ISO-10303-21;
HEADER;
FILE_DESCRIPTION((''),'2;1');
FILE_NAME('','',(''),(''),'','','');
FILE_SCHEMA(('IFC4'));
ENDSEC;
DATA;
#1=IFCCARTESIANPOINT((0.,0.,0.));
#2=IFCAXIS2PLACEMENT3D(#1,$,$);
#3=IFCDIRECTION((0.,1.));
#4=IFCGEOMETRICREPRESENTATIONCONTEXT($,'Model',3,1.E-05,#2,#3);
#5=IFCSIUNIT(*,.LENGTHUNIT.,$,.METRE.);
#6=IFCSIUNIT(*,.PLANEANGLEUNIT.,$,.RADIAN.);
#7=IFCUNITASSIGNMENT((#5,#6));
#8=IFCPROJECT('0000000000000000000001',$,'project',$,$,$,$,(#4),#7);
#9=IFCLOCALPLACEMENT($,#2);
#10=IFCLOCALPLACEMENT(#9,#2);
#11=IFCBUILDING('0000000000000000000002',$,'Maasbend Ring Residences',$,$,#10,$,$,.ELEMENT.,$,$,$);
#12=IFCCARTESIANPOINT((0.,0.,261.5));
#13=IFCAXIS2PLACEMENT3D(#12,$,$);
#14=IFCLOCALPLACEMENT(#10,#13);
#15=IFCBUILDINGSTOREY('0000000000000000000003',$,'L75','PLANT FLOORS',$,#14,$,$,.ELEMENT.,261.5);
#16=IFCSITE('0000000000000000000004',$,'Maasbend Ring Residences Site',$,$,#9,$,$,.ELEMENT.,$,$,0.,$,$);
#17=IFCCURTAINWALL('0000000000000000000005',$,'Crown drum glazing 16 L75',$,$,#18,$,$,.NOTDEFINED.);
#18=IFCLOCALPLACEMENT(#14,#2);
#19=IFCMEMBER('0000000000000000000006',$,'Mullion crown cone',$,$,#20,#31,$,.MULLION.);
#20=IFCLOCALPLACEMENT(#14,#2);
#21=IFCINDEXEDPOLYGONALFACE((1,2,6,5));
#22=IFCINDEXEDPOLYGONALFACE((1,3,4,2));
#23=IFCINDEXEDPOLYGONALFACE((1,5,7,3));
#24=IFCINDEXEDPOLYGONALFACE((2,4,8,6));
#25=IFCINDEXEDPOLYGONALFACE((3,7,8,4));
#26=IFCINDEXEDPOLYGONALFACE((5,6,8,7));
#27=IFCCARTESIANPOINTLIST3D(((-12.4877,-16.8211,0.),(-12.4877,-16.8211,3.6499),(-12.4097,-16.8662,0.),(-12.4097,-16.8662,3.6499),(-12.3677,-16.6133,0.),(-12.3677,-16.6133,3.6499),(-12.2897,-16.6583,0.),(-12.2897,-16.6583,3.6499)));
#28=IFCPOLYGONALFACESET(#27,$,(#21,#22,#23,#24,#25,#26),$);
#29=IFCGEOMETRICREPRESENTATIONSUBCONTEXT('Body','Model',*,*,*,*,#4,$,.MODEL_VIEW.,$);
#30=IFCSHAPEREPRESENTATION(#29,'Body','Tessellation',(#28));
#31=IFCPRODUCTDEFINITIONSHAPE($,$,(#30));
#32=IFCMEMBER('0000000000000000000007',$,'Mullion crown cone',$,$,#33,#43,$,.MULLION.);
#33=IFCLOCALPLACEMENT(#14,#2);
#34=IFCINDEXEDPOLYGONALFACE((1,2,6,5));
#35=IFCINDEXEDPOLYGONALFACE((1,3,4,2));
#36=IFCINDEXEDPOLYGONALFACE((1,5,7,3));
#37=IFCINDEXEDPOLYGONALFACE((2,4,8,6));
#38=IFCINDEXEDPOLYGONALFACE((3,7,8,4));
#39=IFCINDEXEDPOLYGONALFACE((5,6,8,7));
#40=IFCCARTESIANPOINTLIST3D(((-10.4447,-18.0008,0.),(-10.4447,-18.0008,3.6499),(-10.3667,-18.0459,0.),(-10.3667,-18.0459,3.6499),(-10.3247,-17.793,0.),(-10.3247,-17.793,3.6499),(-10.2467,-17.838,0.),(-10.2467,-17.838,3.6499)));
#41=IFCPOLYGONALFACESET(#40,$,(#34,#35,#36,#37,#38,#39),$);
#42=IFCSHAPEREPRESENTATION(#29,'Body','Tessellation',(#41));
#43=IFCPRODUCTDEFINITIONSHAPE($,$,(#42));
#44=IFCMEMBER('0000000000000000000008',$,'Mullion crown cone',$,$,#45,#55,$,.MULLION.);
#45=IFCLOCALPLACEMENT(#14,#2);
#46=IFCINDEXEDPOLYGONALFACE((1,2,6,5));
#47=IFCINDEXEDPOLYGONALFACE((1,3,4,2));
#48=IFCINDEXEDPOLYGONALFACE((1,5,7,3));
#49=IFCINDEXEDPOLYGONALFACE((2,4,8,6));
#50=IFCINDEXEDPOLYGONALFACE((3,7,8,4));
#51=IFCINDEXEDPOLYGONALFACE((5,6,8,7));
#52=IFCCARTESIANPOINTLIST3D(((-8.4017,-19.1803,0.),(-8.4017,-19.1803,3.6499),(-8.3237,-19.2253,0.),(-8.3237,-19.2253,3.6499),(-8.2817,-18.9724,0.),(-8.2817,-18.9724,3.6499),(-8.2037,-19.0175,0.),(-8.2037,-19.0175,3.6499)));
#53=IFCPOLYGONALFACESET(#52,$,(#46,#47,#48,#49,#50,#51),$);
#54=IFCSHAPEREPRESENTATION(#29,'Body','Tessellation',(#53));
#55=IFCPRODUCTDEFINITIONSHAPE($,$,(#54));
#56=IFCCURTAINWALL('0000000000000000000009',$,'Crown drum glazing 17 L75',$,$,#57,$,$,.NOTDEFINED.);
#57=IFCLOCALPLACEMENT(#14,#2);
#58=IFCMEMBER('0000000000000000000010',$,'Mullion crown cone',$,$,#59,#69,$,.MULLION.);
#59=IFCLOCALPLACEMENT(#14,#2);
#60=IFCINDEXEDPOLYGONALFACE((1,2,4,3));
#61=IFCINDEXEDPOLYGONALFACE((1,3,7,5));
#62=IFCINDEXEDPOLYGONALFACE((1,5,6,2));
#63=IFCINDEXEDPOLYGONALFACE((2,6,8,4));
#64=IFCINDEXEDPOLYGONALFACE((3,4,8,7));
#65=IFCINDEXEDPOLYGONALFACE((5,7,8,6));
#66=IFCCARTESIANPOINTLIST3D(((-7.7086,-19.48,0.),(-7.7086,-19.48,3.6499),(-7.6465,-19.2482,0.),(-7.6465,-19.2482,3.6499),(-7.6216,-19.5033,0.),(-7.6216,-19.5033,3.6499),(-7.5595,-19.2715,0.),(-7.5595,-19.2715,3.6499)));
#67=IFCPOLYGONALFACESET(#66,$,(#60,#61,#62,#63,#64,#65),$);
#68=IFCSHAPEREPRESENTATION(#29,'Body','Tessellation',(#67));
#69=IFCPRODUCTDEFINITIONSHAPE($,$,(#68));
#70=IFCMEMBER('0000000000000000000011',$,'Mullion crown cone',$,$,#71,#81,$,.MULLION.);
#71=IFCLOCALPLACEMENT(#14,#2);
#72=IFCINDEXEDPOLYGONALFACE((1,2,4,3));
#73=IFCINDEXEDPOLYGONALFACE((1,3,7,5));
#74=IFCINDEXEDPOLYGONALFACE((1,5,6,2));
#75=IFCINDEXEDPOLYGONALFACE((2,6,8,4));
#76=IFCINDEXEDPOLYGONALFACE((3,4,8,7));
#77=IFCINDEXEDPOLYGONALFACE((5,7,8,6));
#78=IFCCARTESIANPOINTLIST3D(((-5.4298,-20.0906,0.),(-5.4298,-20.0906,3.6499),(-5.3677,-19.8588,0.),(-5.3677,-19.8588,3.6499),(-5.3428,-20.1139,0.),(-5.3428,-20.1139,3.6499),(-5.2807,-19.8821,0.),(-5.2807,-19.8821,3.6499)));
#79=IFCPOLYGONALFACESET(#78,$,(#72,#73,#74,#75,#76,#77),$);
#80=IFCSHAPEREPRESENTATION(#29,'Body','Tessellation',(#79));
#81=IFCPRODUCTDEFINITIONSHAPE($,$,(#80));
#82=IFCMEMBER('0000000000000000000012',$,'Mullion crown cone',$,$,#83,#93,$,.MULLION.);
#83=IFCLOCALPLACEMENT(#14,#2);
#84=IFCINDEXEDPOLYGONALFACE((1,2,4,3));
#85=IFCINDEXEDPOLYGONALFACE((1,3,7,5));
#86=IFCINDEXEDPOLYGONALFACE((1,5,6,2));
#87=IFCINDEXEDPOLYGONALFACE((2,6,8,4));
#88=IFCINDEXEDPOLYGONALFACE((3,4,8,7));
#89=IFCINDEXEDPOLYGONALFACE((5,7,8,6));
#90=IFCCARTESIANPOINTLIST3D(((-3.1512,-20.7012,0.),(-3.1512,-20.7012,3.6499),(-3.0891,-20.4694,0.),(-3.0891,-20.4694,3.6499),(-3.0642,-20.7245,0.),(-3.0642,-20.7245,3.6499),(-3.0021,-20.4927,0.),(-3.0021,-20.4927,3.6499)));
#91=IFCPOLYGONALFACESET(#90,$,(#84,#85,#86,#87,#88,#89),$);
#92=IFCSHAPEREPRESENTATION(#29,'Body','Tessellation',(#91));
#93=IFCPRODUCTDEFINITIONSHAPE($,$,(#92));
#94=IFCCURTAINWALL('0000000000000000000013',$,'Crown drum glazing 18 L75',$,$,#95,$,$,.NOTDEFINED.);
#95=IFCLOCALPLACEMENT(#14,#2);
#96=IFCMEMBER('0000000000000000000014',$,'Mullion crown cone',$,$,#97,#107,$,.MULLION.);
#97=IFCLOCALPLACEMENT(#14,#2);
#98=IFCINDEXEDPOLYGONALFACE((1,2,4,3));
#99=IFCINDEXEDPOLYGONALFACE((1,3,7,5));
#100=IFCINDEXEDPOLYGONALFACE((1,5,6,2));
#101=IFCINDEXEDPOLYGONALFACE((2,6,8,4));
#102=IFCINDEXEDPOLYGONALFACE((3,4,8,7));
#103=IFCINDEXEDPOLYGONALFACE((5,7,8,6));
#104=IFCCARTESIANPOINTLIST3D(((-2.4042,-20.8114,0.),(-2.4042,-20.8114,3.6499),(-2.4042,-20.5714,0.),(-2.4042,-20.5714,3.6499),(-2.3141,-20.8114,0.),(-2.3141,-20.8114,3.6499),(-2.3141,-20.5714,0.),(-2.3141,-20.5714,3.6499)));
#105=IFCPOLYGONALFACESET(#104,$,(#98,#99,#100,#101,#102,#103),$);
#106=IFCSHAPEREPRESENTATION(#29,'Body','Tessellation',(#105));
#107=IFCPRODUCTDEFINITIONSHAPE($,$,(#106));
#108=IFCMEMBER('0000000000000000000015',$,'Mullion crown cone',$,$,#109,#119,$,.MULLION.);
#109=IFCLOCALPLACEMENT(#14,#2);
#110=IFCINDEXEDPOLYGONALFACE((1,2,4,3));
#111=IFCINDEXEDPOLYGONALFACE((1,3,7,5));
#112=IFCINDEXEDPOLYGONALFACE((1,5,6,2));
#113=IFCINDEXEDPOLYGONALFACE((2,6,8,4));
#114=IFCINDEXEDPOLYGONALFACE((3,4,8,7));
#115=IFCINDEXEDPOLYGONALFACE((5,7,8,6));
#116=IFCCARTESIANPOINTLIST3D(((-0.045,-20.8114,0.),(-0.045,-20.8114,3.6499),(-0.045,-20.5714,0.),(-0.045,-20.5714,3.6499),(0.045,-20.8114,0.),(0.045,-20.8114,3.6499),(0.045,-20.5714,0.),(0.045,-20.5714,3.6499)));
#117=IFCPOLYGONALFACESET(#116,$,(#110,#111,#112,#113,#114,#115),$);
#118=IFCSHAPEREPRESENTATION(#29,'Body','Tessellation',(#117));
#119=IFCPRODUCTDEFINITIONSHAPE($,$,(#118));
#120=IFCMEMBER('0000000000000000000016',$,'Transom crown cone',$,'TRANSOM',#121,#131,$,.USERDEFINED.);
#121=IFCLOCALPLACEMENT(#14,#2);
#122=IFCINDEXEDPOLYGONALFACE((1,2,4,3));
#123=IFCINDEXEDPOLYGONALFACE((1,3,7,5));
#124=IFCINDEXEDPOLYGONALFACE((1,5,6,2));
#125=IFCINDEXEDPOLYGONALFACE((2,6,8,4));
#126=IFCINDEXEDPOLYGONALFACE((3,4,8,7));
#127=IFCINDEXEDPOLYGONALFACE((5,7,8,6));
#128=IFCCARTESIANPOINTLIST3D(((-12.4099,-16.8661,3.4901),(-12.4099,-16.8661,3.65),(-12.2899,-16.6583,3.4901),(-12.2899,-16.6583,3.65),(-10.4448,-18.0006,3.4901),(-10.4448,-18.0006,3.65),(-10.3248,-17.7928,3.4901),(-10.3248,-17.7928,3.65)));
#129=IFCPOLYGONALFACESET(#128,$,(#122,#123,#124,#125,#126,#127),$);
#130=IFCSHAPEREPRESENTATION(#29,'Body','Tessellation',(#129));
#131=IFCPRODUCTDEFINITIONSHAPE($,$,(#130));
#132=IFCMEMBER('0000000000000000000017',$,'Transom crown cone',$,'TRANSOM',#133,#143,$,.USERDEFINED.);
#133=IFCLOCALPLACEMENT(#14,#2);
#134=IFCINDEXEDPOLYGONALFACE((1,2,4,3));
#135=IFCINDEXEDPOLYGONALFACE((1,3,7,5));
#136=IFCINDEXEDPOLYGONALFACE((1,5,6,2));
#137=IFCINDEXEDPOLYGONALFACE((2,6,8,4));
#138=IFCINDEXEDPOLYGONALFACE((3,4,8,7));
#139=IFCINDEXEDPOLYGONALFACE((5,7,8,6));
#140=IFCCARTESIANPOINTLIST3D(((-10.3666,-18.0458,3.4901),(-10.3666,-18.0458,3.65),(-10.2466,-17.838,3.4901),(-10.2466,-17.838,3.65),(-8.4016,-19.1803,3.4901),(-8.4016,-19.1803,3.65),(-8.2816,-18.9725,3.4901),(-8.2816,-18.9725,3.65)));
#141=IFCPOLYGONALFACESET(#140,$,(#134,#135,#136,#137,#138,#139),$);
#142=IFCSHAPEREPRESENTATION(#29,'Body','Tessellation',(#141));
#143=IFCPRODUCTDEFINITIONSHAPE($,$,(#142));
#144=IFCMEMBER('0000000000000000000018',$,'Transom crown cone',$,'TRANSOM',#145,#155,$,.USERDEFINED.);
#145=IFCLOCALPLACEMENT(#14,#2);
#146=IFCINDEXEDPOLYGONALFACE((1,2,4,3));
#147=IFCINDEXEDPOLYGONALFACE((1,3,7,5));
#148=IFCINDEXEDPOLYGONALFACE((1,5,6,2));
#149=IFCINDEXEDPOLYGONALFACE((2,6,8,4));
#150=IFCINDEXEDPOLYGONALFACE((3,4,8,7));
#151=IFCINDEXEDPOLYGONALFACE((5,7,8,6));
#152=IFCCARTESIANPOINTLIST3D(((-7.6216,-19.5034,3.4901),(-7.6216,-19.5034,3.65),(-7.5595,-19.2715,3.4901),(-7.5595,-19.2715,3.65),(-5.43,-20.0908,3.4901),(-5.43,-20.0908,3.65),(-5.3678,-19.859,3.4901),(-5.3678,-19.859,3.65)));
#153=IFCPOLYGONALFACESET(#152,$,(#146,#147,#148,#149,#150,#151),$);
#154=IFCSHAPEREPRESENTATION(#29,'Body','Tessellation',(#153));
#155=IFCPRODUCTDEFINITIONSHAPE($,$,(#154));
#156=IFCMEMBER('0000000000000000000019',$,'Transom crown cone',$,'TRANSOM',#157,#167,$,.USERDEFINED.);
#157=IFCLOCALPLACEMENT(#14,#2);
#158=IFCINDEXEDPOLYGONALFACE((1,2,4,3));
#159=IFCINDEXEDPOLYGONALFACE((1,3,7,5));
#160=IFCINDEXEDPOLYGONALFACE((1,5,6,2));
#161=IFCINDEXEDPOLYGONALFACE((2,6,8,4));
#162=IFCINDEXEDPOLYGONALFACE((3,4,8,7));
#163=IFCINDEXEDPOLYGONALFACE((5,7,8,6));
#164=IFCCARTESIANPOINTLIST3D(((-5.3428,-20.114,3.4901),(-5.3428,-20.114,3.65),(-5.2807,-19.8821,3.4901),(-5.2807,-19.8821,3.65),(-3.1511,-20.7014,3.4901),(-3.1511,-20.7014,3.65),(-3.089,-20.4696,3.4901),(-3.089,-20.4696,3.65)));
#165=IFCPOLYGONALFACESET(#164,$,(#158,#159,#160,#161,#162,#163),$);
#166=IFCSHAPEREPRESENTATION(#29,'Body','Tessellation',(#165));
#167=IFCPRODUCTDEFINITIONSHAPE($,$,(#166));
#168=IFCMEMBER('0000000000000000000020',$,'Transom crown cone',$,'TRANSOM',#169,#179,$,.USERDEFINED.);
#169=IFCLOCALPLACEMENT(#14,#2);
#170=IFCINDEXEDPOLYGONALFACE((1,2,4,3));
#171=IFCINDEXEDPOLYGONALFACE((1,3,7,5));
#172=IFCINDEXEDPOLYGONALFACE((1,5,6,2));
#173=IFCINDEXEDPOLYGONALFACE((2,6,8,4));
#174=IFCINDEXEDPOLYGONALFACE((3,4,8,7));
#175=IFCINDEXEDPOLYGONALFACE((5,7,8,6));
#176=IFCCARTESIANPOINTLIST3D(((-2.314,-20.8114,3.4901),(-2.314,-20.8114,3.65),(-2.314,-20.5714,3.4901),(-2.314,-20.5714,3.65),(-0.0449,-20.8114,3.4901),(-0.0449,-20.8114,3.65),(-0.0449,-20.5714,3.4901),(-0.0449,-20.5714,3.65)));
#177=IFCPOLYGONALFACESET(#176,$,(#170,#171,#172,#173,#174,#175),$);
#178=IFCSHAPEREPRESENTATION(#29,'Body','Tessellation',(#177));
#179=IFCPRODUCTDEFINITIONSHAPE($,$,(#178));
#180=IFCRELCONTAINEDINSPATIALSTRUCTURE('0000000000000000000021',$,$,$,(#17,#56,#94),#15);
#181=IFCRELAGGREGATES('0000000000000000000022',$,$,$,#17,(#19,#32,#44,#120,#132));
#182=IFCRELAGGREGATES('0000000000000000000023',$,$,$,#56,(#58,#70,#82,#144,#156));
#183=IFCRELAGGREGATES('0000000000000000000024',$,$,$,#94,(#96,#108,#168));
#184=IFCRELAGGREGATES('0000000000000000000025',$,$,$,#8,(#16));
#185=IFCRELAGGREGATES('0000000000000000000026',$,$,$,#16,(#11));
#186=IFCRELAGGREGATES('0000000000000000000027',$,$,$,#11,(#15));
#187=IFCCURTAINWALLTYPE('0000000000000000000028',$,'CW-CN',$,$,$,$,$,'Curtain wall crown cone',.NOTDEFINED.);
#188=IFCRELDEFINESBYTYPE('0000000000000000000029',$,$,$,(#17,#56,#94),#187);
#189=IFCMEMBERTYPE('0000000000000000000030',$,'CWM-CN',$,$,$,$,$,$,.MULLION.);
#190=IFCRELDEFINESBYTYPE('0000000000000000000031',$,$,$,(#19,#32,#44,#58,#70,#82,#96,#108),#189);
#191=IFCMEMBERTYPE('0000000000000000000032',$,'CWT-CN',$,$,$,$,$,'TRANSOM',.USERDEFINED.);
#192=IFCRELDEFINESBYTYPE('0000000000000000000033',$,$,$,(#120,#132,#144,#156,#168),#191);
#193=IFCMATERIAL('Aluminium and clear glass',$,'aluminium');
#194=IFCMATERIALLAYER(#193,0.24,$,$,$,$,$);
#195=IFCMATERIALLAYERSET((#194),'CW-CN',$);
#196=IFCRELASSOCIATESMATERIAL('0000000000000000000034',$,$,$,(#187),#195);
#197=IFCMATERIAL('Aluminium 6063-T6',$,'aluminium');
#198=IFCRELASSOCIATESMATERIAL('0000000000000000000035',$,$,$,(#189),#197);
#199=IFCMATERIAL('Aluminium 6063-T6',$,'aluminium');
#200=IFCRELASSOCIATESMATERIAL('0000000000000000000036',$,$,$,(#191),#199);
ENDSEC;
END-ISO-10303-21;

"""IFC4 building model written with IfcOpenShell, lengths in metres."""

from ifc_helpers import new_model, si_unit, direction, frame, origin, origin_2d, place, context, subcontext, project, spatial, rectangle, extrude, material, layer, layer_set, material_profile, profile_set, type_object, element, aggregate, save


model = new_model("IFC4")

# Units and contexts
model_context = context("Model", 3, precision=1e-05, world=origin(), true_north=direction((0.0, 1.0)))
body_context = subcontext(model_context, "Body", "Model", "MODEL_VIEW")
ifc_project = project(units=[si_unit("LENGTHUNIT", "METRE"), si_unit("PLANEANGLEUNIT", "RADIAN")], contexts=[model_context])

# Site, building, storey
site_placement = place(None, origin())
site = spatial("IfcSite", under=ifc_project, at=site_placement, Name="Maasbend Ring Residences Site", CompositionType="ELEMENT", RefElevation=0.0)
building_placement = place(site_placement, origin())
building = spatial("IfcBuilding", under=site, at=building_placement, Name="Maasbend Ring Residences", CompositionType="ELEMENT")
storey_placement = place(building_placement, frame((0.0, 0.0, 261.5)))
storey = spatial("IfcBuildingStorey", under=building, at=storey_placement, Name="L75", Description="PLANT FLOORS", CompositionType="ELEMENT", Elevation=261.5)

# Curtain walls, members
ifc_material_1 = material(Name="Aluminium and clear glass", Category="aluminium")
ifc_layer_1 = layer(ifc_material_1, 0.24)
ifc_layer_set_1 = layer_set([ifc_layer_1], Name="CW-CN")
curtain_wall_type = type_object("IfcCurtainWallType", Name="CW-CN", ElementType="Curtain wall crown cone", PredefinedType="NOTDEFINED", material=ifc_layer_set_1)
curtain_wall_1_placement = place(storey_placement, origin())
curtain_wall_1 = element("IfcCurtainWall", 1, at=curtain_wall_1_placement, inside=storey, type_object=curtain_wall_type, Name="Crown drum glazing 16 L75", PredefinedType="NOTDEFINED")
ifc_material_2 = material(Name="Aluminium 6063-T6", Category="aluminium")
ifc_material_profile_1 = material_profile(ifc_material_2, rectangle(XDim=0.24, YDim=0.0901, at=origin_2d()), Name="AL 240x90")
ifc_profile_set_1 = profile_set([ifc_material_profile_1], Name="Aluminium 6063-T6")
member_type_1 = type_object("IfcMemberType", Name="CWM-CN", PredefinedType="MULLION", material=ifc_profile_set_1)
member_1_placement = place(storey_placement, frame((-12.3887, -16.7397, 0.0), z_axis=(0.0, 0.0, 1.0), x_axis=(0.5, 0.866025, 0.0)))
member_1 = element("IfcMember", 2, at=member_1_placement, type_object=member_type_1, Name="Mullion crown cone", PredefinedType="MULLION", context=body_context, shape_type="SweptSolid", body=[
    extrude(rectangle(XDim=0.24, YDim=0.0901, at=origin_2d()), origin(), (0.0, 0.0, 1.0), 3.6499),
])
member_2_placement = place(storey_placement, frame((-10.3457, -17.9194, 0.0), z_axis=(0.0, 0.0, 1.0), x_axis=(0.5, 0.866025, 0.0)))
member_2 = element("IfcMember", 3, at=member_2_placement, type_object=member_type_1, Name="Mullion crown cone", PredefinedType="MULLION", context=body_context, shape_type="SweptSolid", body=[
    extrude(rectangle(XDim=0.24, YDim=0.0901, at=origin_2d()), origin(), (0.0, 0.0, 1.0), 3.6499),
])
member_3_placement = place(storey_placement, frame((-8.3027, -19.0989, 0.0), z_axis=(0.0, 0.0, 1.0), x_axis=(0.5, 0.866025, 0.0)))
member_3 = element("IfcMember", 4, at=member_3_placement, type_object=member_type_1, Name="Mullion crown cone", PredefinedType="MULLION", context=body_context, shape_type="SweptSolid", body=[
    extrude(rectangle(XDim=0.24, YDim=0.0901, at=origin_2d()), origin(), (0.0, 0.0, 1.0), 3.6499),
])
curtain_wall_2_placement = place(storey_placement, origin())
curtain_wall_2 = element("IfcCurtainWall", 5, at=curtain_wall_2_placement, inside=storey, type_object=curtain_wall_type, Name="Crown drum glazing 17 L75", PredefinedType="NOTDEFINED")
member_4_placement = place(storey_placement, frame((-7.634, -19.3757, 0.0), z_axis=(0.0, 0.0, 1.0), x_axis=(0.258819, 0.965926, 0.0)))
member_4 = element("IfcMember", 6, at=member_4_placement, type_object=member_type_1, Name="Mullion crown cone", PredefinedType="MULLION", context=body_context, shape_type="SweptSolid", body=[
    extrude(rectangle(XDim=0.24, YDim=0.0901, at=origin_2d()), origin(), (0.0, 0.0, 1.0), 3.6499),
])
member_5_placement = place(storey_placement, frame((-5.3552, -19.9863, 0.0), z_axis=(0.0, 0.0, 1.0), x_axis=(0.258819, 0.965926, 0.0)))
member_5 = element("IfcMember", 7, at=member_5_placement, type_object=member_type_1, Name="Mullion crown cone", PredefinedType="MULLION", context=body_context, shape_type="SweptSolid", body=[
    extrude(rectangle(XDim=0.24, YDim=0.0901, at=origin_2d()), origin(), (0.0, 0.0, 1.0), 3.6499),
])
member_6_placement = place(storey_placement, frame((-3.0767, -20.5969, 0.0), z_axis=(0.0, 0.0, 1.0), x_axis=(0.258819, 0.965926, 0.0)))
member_6 = element("IfcMember", 8, at=member_6_placement, type_object=member_type_1, Name="Mullion crown cone", PredefinedType="MULLION", context=body_context, shape_type="SweptSolid", body=[
    extrude(rectangle(XDim=0.24, YDim=0.0901, at=origin_2d()), origin(), (0.0, 0.0, 1.0), 3.6499),
])
curtain_wall_3_placement = place(storey_placement, origin())
curtain_wall_3 = element("IfcCurtainWall", 9, at=curtain_wall_3_placement, inside=storey, type_object=curtain_wall_type, Name="Crown drum glazing 18 L75", PredefinedType="NOTDEFINED")
member_7_placement = place(storey_placement, frame((-2.3591, -20.6914, 0.0), z_axis=(0.0, 0.0, 1.0), x_axis=(0.0, 1.0, 0.0)))
member_7 = element("IfcMember", 10, at=member_7_placement, type_object=member_type_1, Name="Mullion crown cone", PredefinedType="MULLION", context=body_context, shape_type="SweptSolid", body=[
    extrude(rectangle(XDim=0.24, YDim=0.0901, at=origin_2d()), origin(), (0.0, 0.0, 1.0), 3.6499),
])
member_8_placement = place(storey_placement, frame((0.0, -20.6914, 0.0), z_axis=(0.0, 0.0, 1.0), x_axis=(0.0, 1.0, 0.0)))
member_8 = element("IfcMember", 11, at=member_8_placement, type_object=member_type_1, Name="Mullion crown cone", PredefinedType="MULLION", context=body_context, shape_type="SweptSolid", body=[
    extrude(rectangle(XDim=0.24, YDim=0.0901, at=origin_2d()), origin(), (0.0, 0.0, 1.0), 3.6499),
])

# Members
ifc_material_3 = material(Name="Aluminium 6063-T6", Category="aluminium")
ifc_material_profile_2 = material_profile(ifc_material_3, rectangle(XDim=0.24, YDim=0.1599, at=origin_2d()), Name="AL 240x160")
ifc_profile_set_2 = profile_set([ifc_material_profile_2], Name="Aluminium 6063-T6")
member_type_2 = type_object("IfcMemberType", Name="CWT-CN", ElementType="TRANSOM", PredefinedType="USERDEFINED", material=ifc_profile_set_2)
member_9_placement = place(storey_placement, frame((-12.3499, -16.7622, 3.5701), z_axis=(0.86603, -0.499993, 0.0), x_axis=(0.499993, 0.86603, 0.0)))
member_9 = element("IfcMember", 12, at=member_9_placement, type_object=member_type_2, Name="Transom crown cone", ObjectType="TRANSOM", PredefinedType="USERDEFINED", context=body_context, shape_type="SweptSolid", body=[
    extrude(rectangle(XDim=0.24, YDim=0.1599, at=origin_2d()), origin(), (0.0, 0.0, 1.0), 2.269),
])
member_10_placement = place(storey_placement, frame((-10.3066, -17.9419, 3.5701), z_axis=(0.86603, -0.499993, 0.0), x_axis=(0.499993, 0.86603, 0.0)))
member_10 = element("IfcMember", 13, at=member_10_placement, type_object=member_type_2, Name="Transom crown cone", ObjectType="TRANSOM", PredefinedType="USERDEFINED", context=body_context, shape_type="SweptSolid", body=[
    extrude(rectangle(XDim=0.24, YDim=0.1599, at=origin_2d()), origin(), (0.0, 0.0, 1.0), 2.269),
])
member_11_placement = place(storey_placement, frame((-7.5906, -19.3875, 3.5701), z_axis=(0.965909, -0.258881, 0.0), x_axis=(0.258881, 0.965909, 0.0)))
member_11 = element("IfcMember", 14, at=member_11_placement, type_object=member_type_2, Name="Transom crown cone", ObjectType="TRANSOM", PredefinedType="USERDEFINED", context=body_context, shape_type="SweptSolid", body=[
    extrude(rectangle(XDim=0.24, YDim=0.1599, at=origin_2d()), origin(), (0.0, 0.0, 1.0), 2.269),
])
member_12_placement = place(storey_placement, frame((-5.3118, -19.998, 3.5701), z_axis=(0.965909, -0.258881, 0.0), x_axis=(0.258881, 0.965909, 0.0)))
member_12 = element("IfcMember", 15, at=member_12_placement, type_object=member_type_2, Name="Transom crown cone", ObjectType="TRANSOM", PredefinedType="USERDEFINED", context=body_context, shape_type="SweptSolid", body=[
    extrude(rectangle(XDim=0.24, YDim=0.1599, at=origin_2d()), origin(), (0.0, 0.0, 1.0), 2.269),
])
member_13_placement = place(storey_placement, frame((-2.314, -20.6914, 3.5701), z_axis=(1.0, 0.0, 0.0), x_axis=(0.0, 1.0, 0.0)))
member_13 = element("IfcMember", 16, at=member_13_placement, type_object=member_type_2, Name="Transom crown cone", ObjectType="TRANSOM", PredefinedType="USERDEFINED", context=body_context, shape_type="SweptSolid", body=[
    extrude(rectangle(XDim=0.24, YDim=0.1599, at=origin_2d()), origin(), (0.0, 0.0, 1.0), 2.269),
])

aggregate(curtain_wall_1, [member_1, member_2, member_3, member_9, member_10])
aggregate(curtain_wall_2, [member_4, member_5, member_6, member_11, member_12])
aggregate(curtain_wall_3, [member_7, member_8, member_13])

save(model, "model.ifc")
